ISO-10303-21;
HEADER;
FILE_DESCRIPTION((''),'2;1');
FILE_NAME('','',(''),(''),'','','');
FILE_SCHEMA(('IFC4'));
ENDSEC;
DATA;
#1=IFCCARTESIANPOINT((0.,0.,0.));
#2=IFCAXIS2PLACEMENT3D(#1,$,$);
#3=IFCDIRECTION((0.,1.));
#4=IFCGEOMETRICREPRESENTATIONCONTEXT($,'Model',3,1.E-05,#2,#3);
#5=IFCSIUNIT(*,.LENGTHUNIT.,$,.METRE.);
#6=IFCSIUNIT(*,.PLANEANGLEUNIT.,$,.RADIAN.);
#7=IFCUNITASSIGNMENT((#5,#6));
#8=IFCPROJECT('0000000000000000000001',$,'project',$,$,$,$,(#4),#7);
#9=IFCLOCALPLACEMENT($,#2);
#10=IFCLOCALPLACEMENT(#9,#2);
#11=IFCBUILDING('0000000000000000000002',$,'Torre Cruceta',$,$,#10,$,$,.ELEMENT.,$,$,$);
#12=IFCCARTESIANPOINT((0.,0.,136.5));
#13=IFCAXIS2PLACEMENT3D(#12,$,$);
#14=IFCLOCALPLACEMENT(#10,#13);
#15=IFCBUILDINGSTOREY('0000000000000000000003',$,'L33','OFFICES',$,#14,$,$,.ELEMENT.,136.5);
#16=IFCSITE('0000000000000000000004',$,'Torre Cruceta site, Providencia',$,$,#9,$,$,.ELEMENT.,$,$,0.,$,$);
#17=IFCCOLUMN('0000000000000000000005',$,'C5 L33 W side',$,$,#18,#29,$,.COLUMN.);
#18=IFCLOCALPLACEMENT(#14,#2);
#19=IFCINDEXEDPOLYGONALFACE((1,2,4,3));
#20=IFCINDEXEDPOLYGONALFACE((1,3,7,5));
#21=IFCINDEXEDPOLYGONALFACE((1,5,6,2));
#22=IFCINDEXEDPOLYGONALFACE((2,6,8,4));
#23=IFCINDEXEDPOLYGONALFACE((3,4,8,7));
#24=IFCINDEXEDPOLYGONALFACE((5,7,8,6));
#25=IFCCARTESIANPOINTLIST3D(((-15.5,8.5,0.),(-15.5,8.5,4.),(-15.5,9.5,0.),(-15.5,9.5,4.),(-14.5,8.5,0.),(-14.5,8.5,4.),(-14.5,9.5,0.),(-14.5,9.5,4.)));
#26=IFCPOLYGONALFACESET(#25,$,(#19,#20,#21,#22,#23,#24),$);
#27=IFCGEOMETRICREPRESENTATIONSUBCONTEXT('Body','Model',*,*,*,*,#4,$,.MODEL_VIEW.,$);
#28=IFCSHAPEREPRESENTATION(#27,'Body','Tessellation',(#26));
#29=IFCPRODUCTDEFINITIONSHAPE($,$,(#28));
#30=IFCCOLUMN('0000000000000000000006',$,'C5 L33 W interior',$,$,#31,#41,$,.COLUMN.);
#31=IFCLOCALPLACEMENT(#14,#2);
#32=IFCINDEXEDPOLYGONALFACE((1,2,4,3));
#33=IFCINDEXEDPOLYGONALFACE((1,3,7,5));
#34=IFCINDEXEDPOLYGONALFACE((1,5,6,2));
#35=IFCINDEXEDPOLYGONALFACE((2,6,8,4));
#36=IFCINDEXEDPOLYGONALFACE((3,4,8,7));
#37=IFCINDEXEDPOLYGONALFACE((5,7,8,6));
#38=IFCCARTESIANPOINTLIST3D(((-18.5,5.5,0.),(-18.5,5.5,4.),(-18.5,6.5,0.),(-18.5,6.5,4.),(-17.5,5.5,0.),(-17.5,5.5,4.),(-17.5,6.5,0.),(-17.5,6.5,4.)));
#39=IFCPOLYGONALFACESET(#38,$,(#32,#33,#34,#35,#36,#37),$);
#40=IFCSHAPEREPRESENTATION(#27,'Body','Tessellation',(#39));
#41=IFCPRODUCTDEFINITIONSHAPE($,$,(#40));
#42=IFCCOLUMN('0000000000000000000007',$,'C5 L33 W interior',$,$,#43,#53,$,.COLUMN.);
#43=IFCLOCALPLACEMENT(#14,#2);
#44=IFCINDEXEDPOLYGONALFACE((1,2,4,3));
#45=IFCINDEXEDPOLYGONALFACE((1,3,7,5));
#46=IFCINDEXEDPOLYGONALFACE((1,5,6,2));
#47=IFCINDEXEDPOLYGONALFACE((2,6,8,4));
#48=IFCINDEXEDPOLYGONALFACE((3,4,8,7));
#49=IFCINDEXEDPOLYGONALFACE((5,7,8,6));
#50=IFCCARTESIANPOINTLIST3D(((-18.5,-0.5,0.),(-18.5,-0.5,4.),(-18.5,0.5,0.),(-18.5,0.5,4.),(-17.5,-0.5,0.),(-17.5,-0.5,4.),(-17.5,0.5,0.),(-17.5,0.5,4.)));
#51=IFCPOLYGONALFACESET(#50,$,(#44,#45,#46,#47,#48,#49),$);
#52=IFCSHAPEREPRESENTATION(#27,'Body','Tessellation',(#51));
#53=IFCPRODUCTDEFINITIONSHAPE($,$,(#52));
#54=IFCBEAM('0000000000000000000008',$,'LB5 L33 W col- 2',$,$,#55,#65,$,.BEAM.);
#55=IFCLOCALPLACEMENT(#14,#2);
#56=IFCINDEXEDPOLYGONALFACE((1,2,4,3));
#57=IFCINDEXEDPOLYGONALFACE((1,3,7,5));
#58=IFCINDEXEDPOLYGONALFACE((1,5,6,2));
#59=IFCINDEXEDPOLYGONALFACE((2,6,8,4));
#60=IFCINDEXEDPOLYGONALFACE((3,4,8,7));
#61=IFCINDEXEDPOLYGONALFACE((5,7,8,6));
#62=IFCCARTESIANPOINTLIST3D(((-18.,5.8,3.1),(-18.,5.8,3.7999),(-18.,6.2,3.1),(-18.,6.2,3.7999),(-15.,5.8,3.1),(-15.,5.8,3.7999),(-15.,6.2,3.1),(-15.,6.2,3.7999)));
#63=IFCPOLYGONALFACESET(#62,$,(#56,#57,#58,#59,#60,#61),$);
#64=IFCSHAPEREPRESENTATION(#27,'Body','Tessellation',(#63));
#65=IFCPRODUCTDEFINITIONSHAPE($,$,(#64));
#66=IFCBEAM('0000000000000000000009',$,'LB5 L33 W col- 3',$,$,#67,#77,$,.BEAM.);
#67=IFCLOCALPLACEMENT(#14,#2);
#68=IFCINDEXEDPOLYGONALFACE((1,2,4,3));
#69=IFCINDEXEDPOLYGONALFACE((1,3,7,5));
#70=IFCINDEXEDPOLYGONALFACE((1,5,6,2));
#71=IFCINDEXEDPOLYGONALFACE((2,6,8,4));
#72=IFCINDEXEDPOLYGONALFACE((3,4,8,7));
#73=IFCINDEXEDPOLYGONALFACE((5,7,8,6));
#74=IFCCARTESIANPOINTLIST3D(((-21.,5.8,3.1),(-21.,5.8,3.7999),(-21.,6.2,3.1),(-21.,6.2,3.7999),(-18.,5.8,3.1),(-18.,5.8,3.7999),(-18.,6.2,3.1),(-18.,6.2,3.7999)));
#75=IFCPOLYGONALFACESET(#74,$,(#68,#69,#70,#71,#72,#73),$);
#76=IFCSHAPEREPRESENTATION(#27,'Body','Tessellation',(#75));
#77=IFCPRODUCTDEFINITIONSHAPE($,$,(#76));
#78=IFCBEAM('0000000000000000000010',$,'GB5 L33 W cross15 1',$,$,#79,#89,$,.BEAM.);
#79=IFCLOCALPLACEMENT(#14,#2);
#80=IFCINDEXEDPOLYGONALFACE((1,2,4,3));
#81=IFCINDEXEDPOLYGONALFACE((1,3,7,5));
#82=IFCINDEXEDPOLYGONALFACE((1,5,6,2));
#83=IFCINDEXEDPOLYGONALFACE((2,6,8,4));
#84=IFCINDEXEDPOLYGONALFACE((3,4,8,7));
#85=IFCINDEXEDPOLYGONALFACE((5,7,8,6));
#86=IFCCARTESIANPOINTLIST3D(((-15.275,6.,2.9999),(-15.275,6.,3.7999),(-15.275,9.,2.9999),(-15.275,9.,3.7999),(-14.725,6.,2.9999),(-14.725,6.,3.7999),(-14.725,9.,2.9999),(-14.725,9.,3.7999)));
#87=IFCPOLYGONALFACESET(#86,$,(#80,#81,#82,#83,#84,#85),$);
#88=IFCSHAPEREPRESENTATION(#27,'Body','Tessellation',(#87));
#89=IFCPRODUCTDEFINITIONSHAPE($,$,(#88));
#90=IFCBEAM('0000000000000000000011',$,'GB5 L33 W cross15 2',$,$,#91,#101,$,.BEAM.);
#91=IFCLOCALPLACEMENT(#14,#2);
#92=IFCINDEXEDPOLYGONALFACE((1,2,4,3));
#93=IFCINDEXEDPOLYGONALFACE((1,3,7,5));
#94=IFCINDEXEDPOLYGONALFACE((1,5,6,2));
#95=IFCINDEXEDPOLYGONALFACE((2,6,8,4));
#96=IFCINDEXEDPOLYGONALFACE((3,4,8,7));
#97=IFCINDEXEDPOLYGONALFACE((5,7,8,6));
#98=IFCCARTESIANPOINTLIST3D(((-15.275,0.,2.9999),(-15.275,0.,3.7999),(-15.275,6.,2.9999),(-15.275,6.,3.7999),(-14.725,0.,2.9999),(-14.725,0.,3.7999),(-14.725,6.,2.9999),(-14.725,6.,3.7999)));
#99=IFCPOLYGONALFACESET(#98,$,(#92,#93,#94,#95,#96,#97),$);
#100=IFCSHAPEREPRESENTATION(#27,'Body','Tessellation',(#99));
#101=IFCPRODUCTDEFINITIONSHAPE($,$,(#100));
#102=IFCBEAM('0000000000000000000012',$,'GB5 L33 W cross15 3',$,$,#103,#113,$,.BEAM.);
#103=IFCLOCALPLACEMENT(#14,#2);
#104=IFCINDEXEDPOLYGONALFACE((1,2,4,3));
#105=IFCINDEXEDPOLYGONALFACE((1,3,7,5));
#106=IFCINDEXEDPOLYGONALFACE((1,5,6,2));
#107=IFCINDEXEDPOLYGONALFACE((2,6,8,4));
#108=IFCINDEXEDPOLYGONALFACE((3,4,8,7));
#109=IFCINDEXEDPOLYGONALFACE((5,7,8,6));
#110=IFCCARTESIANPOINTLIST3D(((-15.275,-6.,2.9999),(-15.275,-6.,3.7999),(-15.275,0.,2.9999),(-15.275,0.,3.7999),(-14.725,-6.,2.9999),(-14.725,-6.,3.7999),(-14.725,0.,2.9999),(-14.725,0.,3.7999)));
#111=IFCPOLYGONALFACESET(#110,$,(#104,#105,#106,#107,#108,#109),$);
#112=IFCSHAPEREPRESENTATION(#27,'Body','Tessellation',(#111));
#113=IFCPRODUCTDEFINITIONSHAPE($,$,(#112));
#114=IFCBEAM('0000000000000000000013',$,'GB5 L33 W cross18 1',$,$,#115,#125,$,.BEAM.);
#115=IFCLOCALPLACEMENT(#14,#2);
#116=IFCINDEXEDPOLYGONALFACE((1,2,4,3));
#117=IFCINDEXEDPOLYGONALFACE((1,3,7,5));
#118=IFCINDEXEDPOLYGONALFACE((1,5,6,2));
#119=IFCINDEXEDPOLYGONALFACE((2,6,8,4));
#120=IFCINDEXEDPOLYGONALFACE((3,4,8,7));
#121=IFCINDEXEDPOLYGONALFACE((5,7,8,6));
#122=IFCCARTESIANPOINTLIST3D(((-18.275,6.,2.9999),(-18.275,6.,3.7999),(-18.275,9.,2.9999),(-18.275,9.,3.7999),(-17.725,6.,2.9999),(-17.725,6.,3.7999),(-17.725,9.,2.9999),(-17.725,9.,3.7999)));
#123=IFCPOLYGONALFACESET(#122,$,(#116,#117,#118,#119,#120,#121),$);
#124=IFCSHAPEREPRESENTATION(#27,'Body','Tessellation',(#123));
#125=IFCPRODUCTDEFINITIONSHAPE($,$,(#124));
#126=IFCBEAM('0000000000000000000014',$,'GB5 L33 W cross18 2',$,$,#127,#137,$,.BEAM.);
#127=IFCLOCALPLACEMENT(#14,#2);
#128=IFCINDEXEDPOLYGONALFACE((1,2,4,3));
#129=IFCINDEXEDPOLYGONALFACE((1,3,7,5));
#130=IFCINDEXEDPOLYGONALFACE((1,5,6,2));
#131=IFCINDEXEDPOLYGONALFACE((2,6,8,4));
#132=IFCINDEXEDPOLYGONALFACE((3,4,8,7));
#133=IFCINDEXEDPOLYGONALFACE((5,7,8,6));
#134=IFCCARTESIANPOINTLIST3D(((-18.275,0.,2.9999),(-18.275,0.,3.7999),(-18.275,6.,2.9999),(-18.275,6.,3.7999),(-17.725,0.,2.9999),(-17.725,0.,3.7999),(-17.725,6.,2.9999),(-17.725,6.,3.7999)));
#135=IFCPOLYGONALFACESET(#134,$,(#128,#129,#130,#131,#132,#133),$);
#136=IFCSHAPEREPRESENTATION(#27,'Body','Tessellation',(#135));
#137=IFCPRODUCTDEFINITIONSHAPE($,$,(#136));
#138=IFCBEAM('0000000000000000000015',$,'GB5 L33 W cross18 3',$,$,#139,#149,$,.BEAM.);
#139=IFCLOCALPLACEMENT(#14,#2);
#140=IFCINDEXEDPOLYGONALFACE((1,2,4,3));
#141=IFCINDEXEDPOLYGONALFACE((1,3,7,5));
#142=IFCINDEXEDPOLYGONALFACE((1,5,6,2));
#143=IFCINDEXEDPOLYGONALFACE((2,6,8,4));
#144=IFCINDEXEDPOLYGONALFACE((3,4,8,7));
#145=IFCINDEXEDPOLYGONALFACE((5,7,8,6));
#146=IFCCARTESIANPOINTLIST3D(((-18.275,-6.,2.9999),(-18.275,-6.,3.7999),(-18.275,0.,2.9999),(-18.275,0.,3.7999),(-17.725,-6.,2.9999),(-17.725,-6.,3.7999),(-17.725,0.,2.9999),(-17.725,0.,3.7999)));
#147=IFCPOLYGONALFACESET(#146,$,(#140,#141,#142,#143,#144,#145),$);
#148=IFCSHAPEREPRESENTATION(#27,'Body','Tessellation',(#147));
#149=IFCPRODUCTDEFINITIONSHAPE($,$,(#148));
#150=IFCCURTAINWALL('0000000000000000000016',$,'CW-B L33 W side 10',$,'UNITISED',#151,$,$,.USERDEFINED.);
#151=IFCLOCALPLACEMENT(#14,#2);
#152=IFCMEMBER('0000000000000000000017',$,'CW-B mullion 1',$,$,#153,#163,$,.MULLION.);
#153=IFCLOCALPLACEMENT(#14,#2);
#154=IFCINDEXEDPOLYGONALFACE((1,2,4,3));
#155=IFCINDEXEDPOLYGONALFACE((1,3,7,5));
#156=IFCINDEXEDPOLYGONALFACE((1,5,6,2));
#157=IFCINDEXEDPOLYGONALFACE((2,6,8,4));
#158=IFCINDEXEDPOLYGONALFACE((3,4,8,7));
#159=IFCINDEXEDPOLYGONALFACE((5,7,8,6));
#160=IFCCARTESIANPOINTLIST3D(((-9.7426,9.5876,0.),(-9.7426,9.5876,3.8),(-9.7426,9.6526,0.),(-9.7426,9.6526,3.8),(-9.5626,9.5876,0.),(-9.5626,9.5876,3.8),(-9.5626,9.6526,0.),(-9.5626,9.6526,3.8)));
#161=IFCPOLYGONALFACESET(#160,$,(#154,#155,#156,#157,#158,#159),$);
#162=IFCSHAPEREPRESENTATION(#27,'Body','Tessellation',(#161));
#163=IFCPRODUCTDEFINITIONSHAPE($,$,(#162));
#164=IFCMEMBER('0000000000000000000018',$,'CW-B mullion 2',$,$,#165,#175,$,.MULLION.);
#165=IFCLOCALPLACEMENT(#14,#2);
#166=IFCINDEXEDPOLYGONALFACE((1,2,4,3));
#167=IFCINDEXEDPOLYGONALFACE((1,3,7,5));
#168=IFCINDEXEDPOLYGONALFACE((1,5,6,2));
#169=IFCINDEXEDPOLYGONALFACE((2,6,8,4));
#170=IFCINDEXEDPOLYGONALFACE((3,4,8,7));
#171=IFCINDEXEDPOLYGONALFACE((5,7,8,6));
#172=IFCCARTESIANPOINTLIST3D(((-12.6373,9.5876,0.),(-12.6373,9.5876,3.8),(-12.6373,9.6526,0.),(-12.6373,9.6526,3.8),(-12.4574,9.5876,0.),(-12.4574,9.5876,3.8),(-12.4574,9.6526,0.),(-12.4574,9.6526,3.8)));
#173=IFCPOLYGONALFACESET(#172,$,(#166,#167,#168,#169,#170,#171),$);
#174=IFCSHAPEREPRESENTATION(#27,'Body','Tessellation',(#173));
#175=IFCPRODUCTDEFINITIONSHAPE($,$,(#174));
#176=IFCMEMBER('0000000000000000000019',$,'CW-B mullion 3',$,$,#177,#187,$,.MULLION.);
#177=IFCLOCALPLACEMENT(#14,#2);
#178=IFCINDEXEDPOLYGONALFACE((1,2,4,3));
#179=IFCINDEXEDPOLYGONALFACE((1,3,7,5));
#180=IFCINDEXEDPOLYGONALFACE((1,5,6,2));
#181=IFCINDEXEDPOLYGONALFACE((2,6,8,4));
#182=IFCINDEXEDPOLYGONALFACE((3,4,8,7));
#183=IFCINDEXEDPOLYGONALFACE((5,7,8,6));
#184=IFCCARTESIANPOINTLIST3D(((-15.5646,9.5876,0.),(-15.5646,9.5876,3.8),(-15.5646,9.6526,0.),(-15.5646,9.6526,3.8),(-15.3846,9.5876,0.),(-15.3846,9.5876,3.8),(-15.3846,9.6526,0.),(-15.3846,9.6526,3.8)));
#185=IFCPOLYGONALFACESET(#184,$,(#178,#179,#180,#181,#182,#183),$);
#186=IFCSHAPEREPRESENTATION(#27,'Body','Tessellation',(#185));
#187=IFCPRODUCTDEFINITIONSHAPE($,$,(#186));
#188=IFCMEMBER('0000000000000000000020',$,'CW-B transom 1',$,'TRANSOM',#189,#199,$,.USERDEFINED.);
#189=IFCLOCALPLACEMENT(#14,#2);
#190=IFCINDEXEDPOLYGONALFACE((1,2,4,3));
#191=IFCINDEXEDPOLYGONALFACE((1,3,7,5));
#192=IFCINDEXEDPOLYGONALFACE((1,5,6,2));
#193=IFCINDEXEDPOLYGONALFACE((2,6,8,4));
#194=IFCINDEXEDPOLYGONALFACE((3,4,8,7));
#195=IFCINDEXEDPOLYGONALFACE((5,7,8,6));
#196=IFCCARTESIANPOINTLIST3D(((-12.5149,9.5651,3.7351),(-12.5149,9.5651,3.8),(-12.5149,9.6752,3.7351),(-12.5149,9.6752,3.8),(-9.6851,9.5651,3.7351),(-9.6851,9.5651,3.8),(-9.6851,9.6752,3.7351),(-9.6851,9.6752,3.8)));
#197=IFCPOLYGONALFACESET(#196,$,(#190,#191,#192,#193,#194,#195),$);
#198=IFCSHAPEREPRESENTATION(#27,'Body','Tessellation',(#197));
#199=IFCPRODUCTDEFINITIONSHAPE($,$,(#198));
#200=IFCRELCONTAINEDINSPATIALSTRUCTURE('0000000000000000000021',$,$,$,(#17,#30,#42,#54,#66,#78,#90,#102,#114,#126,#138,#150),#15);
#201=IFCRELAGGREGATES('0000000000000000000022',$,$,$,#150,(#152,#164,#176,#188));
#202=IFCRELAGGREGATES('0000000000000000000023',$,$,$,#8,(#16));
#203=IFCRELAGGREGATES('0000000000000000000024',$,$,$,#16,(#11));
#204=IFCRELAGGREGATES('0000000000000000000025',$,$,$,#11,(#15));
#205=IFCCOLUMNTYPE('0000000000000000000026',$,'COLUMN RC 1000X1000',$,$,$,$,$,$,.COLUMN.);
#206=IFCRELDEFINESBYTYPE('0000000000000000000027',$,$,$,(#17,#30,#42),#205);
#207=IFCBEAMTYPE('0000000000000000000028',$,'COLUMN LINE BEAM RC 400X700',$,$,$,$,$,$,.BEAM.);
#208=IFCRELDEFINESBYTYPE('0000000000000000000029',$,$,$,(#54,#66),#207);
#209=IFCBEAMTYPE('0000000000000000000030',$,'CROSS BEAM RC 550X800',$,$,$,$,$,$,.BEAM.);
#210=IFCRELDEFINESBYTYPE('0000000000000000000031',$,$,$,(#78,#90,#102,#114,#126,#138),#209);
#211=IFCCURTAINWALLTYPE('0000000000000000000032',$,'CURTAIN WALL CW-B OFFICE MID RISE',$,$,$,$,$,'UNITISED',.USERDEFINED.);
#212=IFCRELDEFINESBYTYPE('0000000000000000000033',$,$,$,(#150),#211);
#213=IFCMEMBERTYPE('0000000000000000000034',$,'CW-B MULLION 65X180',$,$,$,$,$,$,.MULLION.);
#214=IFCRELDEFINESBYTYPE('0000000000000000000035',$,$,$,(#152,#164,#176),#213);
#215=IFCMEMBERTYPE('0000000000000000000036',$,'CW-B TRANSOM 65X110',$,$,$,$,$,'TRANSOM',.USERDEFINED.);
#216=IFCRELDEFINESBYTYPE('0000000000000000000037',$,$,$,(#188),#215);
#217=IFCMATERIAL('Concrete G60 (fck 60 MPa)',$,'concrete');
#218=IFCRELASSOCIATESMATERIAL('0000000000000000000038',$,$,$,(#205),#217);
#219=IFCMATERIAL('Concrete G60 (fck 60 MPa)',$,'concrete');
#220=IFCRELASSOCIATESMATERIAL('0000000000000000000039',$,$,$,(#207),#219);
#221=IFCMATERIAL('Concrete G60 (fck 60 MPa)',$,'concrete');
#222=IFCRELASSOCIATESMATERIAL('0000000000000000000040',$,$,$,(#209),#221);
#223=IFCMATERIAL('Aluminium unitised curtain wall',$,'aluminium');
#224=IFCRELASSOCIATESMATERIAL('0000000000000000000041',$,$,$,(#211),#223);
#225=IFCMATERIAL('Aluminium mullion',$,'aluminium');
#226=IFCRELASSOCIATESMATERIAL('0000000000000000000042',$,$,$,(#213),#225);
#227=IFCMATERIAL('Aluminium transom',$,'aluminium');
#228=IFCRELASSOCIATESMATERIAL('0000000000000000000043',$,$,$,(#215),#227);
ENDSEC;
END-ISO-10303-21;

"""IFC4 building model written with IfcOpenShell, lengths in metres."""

from ifc_helpers import new_model, si_unit, direction, frame, origin, origin_2d, place, context, subcontext, project, spatial, rectangle, extrude, material, material_profile, profile_set, type_object, element, aggregate, save


model = new_model("IFC4")

# Units and contexts
model_context = context("Model", 3, precision=1e-05, world=origin(), true_north=direction((0.0, 1.0)))
body_context = subcontext(model_context, "Body", "Model", "MODEL_VIEW")
ifc_project = project(units=[si_unit("LENGTHUNIT", "METRE"), si_unit("PLANEANGLEUNIT", "RADIAN")], contexts=[model_context])

# Site, building, storey
site_placement = place(None, origin())
site = spatial("IfcSite", under=ifc_project, at=site_placement, Name="Torre Cruceta site, Providencia", CompositionType="ELEMENT", RefElevation=0.0)
building_placement = place(site_placement, origin())
building = spatial("IfcBuilding", under=site, at=building_placement, Name="Torre Cruceta", CompositionType="ELEMENT")
storey_placement = place(building_placement, frame((0.0, 0.0, 136.5)))
storey = spatial("IfcBuildingStorey", under=building, at=storey_placement, Name="L33", Description="OFFICES", CompositionType="ELEMENT", Elevation=136.5)

# Columns
ifc_material_1 = material(Name="Concrete G60 (fck 60 MPa)", Category="concrete")
ifc_material_profile_1 = material_profile(ifc_material_1, rectangle(XDim=1.0, YDim=1.0, at=origin_2d()), Name="RC 1000X1000")
ifc_profile_set_1 = profile_set([ifc_material_profile_1], Name="Concrete G60 (fck 60 MPa)")
column_type = type_object("IfcColumnType", Name="COLUMN RC 1000X1000", PredefinedType="COLUMN", material=ifc_profile_set_1)
for number, where, z_axis, x_axis, name in (
    (1, (-15.0, 9.0, 0.0), (0.0, 0.0, 1.0), (1.0, 0.0, 0.0), "C5 L33 W side"),
    (2, (-18.0, 6.0, 0.0), (0.0, 0.0, 1.0), (1.0, 0.0, 0.0), "C5 L33 W interior"),
    (3, (-18.0, 0.0, 0.0), (0.0, 0.0, 1.0), (1.0, 0.0, 0.0), "C5 L33 W interior"),
):
    element("IfcColumn", number, at=place(storey_placement, frame(where, z_axis=z_axis, x_axis=x_axis)), inside=storey, type_object=column_type, Name=name, PredefinedType="COLUMN", context=body_context, shape_type="SweptSolid", body=[
        extrude(rectangle(XDim=1.0, YDim=1.0, at=origin_2d()), origin(), (0.0, 0.0, 1.0), 4.0),
    ])

# Beams
ifc_material_2 = material(Name="Concrete G60 (fck 60 MPa)", Category="concrete")
ifc_material_profile_2 = material_profile(ifc_material_2, rectangle(XDim=0.3999, YDim=0.7, at=origin_2d()), Name="RC 400X700")
ifc_profile_set_2 = profile_set([ifc_material_profile_2], Name="Concrete G60 (fck 60 MPa)")
beam_type_1 = type_object("IfcBeamType", Name="COLUMN LINE BEAM RC 400X700", PredefinedType="BEAM", material=ifc_profile_set_2)
for number, where, z_axis, x_axis, name in (
    (4, (-15.0, 6.0, 3.45), (-1.0, 0.0, 0.0), (0.0, -1.0, 0.0), "LB5 L33 W col- 2"),
    (5, (-18.0, 6.0, 3.45), (-1.0, 0.0, 0.0), (0.0, -1.0, 0.0), "LB5 L33 W col- 3"),
):
    element("IfcBeam", number, at=place(storey_placement, frame(where, z_axis=z_axis, x_axis=x_axis)), inside=storey, type_object=beam_type_1, Name=name, PredefinedType="BEAM", context=body_context, shape_type="SweptSolid", body=[
        extrude(rectangle(XDim=0.3999, YDim=0.7, at=origin_2d()), origin(), (0.0, 0.0, 1.0), 3.0),
    ])
ifc_material_3 = material(Name="Concrete G60 (fck 60 MPa)", Category="concrete")
ifc_material_profile_3 = material_profile(ifc_material_3, rectangle(XDim=0.55, YDim=0.8, at=origin_2d()), Name="RC 550X800")
ifc_profile_set_3 = profile_set([ifc_material_profile_3], Name="Concrete G60 (fck 60 MPa)")
beam_type_2 = type_object("IfcBeamType", Name="CROSS BEAM RC 550X800", PredefinedType="BEAM", material=ifc_profile_set_3)
beam_1_placement = place(storey_placement, frame((-15.0, 9.0, 3.3999), z_axis=(0.0, -1.0, 0.0), x_axis=(1.0, 0.0, 0.0)))
element("IfcBeam", 6, at=beam_1_placement, inside=storey, type_object=beam_type_2, Name="GB5 L33 W cross15 1", PredefinedType="BEAM", context=body_context, shape_type="SweptSolid", body=[
    extrude(rectangle(XDim=0.55, YDim=0.8, at=origin_2d()), origin(), (0.0, 0.0, 1.0), 3.0),
])
for number, where, z_axis, x_axis, name in (
    (7, (-15.0, 6.0, 3.3999), (0.0, -1.0, 0.0), (1.0, 0.0, 0.0), "GB5 L33 W cross15 2"),
    (8, (-15.0, 0.0, 3.3999), (0.0, -1.0, 0.0), (1.0, 0.0, 0.0), "GB5 L33 W cross15 3"),
):
    element("IfcBeam", number, at=place(storey_placement, frame(where, z_axis=z_axis, x_axis=x_axis)), inside=storey, type_object=beam_type_2, Name=name, PredefinedType="BEAM", context=body_context, shape_type="SweptSolid", body=[
        extrude(rectangle(XDim=0.55, YDim=0.8, at=origin_2d()), origin(), (0.0, 0.0, 1.0), 6.0),
    ])
beam_2_placement = place(storey_placement, frame((-18.0, 9.0, 3.3999), z_axis=(0.0, -1.0, 0.0), x_axis=(1.0, 0.0, 0.0)))
element("IfcBeam", 9, at=beam_2_placement, inside=storey, type_object=beam_type_2, Name="GB5 L33 W cross18 1", PredefinedType="BEAM", context=body_context, shape_type="SweptSolid", body=[
    extrude(rectangle(XDim=0.55, YDim=0.8, at=origin_2d()), origin(), (0.0, 0.0, 1.0), 3.0),
])
for number, where, z_axis, x_axis, name in (
    (10, (-18.0, 6.0, 3.3999), (0.0, -1.0, 0.0), (1.0, 0.0, 0.0), "GB5 L33 W cross18 2"),
    (11, (-18.0, 0.0, 3.3999), (0.0, -1.0, 0.0), (1.0, 0.0, 0.0), "GB5 L33 W cross18 3"),
):
    element("IfcBeam", number, at=place(storey_placement, frame(where, z_axis=z_axis, x_axis=x_axis)), inside=storey, type_object=beam_type_2, Name=name, PredefinedType="BEAM", context=body_context, shape_type="SweptSolid", body=[
        extrude(rectangle(XDim=0.55, YDim=0.8, at=origin_2d()), origin(), (0.0, 0.0, 1.0), 6.0),
    ])

# Curtain wall, members
ifc_material_4 = material(Name="Aluminium unitised curtain wall", Category="aluminium")
curtain_wall_type = type_object("IfcCurtainWallType", Name="CURTAIN WALL CW-B OFFICE MID RISE", ElementType="UNITISED", PredefinedType="USERDEFINED", material=ifc_material_4)
curtain_wall_placement = place(storey_placement, origin())
curtain_wall = element("IfcCurtainWall", 12, at=curtain_wall_placement, inside=storey, type_object=curtain_wall_type, Name="CW-B L33 W side 10", ObjectType="UNITISED", PredefinedType="USERDEFINED")
ifc_material_5 = material(Name="Aluminium mullion", Category="aluminium")
ifc_material_profile_4 = material_profile(ifc_material_5, rectangle(XDim=0.0649, YDim=0.1799, at=origin_2d()), Name="AL 65X180")
ifc_profile_set_4 = profile_set([ifc_material_profile_4], Name="Aluminium mullion")
member_type_1 = type_object("IfcMemberType", Name="CW-B MULLION 65X180", PredefinedType="MULLION", material=ifc_profile_set_4)
member_1_placement = place(storey_placement, frame((-9.6526, 9.6201, 0.0), z_axis=(0.0, 0.0, 1.0), x_axis=(0.0, -1.0, 0.0)))
member_1 = element("IfcMember", 13, at=member_1_placement, type_object=member_type_1, Name="CW-B mullion 1", PredefinedType="MULLION", context=body_context, shape_type="SweptSolid", body=[
    extrude(rectangle(XDim=0.0649, YDim=0.1799, at=origin_2d()), origin(), (0.0, 0.0, 1.0), 3.8),
])
member_2_placement = place(storey_placement, frame((-12.5474, 9.6201, 0.0), z_axis=(0.0, 0.0, 1.0), x_axis=(0.0, -1.0, 0.0)))
member_2 = element("IfcMember", 14, at=member_2_placement, type_object=member_type_1, Name="CW-B mullion 2", PredefinedType="MULLION", context=body_context, shape_type="SweptSolid", body=[
    extrude(rectangle(XDim=0.0649, YDim=0.1799, at=origin_2d()), origin(), (0.0, 0.0, 1.0), 3.8),
])
member_3_placement = place(storey_placement, frame((-15.4746, 9.6201, 0.0), z_axis=(0.0, 0.0, 1.0), x_axis=(0.0, -1.0, 0.0)))
member_3 = element("IfcMember", 15, at=member_3_placement, type_object=member_type_1, Name="CW-B mullion 3", PredefinedType="MULLION", context=body_context, shape_type="SweptSolid", body=[
    extrude(rectangle(XDim=0.0649, YDim=0.1799, at=origin_2d()), origin(), (0.0, 0.0, 1.0), 3.8),
])
ifc_material_6 = material(Name="Aluminium transom", Category="aluminium")
ifc_material_profile_5 = material_profile(ifc_material_6, rectangle(XDim=0.1101, YDim=0.0649, at=origin_2d()), Name="AL 110X65")
ifc_profile_set_5 = profile_set([ifc_material_profile_5], Name="Aluminium transom")
member_type_2 = type_object("IfcMemberType", Name="CW-B TRANSOM 65X110", ElementType="TRANSOM", PredefinedType="USERDEFINED", material=ifc_profile_set_5)
member_4_placement = place(storey_placement, frame((-9.6851, 9.6201, 3.7676), z_axis=(-1.0, 0.0, 0.0), x_axis=(0.0, -1.0, 0.0)))
member_4 = element("IfcMember", 16, at=member_4_placement, type_object=member_type_2, Name="CW-B transom 1", ObjectType="TRANSOM", PredefinedType="USERDEFINED", context=body_context, shape_type="SweptSolid", body=[
    extrude(rectangle(XDim=0.1101, YDim=0.0649, at=origin_2d()), origin(), (0.0, 0.0, 1.0), 2.8298),
])

aggregate(curtain_wall, [member_1, member_2, member_3, member_4])

save(model, "model.ifc")
